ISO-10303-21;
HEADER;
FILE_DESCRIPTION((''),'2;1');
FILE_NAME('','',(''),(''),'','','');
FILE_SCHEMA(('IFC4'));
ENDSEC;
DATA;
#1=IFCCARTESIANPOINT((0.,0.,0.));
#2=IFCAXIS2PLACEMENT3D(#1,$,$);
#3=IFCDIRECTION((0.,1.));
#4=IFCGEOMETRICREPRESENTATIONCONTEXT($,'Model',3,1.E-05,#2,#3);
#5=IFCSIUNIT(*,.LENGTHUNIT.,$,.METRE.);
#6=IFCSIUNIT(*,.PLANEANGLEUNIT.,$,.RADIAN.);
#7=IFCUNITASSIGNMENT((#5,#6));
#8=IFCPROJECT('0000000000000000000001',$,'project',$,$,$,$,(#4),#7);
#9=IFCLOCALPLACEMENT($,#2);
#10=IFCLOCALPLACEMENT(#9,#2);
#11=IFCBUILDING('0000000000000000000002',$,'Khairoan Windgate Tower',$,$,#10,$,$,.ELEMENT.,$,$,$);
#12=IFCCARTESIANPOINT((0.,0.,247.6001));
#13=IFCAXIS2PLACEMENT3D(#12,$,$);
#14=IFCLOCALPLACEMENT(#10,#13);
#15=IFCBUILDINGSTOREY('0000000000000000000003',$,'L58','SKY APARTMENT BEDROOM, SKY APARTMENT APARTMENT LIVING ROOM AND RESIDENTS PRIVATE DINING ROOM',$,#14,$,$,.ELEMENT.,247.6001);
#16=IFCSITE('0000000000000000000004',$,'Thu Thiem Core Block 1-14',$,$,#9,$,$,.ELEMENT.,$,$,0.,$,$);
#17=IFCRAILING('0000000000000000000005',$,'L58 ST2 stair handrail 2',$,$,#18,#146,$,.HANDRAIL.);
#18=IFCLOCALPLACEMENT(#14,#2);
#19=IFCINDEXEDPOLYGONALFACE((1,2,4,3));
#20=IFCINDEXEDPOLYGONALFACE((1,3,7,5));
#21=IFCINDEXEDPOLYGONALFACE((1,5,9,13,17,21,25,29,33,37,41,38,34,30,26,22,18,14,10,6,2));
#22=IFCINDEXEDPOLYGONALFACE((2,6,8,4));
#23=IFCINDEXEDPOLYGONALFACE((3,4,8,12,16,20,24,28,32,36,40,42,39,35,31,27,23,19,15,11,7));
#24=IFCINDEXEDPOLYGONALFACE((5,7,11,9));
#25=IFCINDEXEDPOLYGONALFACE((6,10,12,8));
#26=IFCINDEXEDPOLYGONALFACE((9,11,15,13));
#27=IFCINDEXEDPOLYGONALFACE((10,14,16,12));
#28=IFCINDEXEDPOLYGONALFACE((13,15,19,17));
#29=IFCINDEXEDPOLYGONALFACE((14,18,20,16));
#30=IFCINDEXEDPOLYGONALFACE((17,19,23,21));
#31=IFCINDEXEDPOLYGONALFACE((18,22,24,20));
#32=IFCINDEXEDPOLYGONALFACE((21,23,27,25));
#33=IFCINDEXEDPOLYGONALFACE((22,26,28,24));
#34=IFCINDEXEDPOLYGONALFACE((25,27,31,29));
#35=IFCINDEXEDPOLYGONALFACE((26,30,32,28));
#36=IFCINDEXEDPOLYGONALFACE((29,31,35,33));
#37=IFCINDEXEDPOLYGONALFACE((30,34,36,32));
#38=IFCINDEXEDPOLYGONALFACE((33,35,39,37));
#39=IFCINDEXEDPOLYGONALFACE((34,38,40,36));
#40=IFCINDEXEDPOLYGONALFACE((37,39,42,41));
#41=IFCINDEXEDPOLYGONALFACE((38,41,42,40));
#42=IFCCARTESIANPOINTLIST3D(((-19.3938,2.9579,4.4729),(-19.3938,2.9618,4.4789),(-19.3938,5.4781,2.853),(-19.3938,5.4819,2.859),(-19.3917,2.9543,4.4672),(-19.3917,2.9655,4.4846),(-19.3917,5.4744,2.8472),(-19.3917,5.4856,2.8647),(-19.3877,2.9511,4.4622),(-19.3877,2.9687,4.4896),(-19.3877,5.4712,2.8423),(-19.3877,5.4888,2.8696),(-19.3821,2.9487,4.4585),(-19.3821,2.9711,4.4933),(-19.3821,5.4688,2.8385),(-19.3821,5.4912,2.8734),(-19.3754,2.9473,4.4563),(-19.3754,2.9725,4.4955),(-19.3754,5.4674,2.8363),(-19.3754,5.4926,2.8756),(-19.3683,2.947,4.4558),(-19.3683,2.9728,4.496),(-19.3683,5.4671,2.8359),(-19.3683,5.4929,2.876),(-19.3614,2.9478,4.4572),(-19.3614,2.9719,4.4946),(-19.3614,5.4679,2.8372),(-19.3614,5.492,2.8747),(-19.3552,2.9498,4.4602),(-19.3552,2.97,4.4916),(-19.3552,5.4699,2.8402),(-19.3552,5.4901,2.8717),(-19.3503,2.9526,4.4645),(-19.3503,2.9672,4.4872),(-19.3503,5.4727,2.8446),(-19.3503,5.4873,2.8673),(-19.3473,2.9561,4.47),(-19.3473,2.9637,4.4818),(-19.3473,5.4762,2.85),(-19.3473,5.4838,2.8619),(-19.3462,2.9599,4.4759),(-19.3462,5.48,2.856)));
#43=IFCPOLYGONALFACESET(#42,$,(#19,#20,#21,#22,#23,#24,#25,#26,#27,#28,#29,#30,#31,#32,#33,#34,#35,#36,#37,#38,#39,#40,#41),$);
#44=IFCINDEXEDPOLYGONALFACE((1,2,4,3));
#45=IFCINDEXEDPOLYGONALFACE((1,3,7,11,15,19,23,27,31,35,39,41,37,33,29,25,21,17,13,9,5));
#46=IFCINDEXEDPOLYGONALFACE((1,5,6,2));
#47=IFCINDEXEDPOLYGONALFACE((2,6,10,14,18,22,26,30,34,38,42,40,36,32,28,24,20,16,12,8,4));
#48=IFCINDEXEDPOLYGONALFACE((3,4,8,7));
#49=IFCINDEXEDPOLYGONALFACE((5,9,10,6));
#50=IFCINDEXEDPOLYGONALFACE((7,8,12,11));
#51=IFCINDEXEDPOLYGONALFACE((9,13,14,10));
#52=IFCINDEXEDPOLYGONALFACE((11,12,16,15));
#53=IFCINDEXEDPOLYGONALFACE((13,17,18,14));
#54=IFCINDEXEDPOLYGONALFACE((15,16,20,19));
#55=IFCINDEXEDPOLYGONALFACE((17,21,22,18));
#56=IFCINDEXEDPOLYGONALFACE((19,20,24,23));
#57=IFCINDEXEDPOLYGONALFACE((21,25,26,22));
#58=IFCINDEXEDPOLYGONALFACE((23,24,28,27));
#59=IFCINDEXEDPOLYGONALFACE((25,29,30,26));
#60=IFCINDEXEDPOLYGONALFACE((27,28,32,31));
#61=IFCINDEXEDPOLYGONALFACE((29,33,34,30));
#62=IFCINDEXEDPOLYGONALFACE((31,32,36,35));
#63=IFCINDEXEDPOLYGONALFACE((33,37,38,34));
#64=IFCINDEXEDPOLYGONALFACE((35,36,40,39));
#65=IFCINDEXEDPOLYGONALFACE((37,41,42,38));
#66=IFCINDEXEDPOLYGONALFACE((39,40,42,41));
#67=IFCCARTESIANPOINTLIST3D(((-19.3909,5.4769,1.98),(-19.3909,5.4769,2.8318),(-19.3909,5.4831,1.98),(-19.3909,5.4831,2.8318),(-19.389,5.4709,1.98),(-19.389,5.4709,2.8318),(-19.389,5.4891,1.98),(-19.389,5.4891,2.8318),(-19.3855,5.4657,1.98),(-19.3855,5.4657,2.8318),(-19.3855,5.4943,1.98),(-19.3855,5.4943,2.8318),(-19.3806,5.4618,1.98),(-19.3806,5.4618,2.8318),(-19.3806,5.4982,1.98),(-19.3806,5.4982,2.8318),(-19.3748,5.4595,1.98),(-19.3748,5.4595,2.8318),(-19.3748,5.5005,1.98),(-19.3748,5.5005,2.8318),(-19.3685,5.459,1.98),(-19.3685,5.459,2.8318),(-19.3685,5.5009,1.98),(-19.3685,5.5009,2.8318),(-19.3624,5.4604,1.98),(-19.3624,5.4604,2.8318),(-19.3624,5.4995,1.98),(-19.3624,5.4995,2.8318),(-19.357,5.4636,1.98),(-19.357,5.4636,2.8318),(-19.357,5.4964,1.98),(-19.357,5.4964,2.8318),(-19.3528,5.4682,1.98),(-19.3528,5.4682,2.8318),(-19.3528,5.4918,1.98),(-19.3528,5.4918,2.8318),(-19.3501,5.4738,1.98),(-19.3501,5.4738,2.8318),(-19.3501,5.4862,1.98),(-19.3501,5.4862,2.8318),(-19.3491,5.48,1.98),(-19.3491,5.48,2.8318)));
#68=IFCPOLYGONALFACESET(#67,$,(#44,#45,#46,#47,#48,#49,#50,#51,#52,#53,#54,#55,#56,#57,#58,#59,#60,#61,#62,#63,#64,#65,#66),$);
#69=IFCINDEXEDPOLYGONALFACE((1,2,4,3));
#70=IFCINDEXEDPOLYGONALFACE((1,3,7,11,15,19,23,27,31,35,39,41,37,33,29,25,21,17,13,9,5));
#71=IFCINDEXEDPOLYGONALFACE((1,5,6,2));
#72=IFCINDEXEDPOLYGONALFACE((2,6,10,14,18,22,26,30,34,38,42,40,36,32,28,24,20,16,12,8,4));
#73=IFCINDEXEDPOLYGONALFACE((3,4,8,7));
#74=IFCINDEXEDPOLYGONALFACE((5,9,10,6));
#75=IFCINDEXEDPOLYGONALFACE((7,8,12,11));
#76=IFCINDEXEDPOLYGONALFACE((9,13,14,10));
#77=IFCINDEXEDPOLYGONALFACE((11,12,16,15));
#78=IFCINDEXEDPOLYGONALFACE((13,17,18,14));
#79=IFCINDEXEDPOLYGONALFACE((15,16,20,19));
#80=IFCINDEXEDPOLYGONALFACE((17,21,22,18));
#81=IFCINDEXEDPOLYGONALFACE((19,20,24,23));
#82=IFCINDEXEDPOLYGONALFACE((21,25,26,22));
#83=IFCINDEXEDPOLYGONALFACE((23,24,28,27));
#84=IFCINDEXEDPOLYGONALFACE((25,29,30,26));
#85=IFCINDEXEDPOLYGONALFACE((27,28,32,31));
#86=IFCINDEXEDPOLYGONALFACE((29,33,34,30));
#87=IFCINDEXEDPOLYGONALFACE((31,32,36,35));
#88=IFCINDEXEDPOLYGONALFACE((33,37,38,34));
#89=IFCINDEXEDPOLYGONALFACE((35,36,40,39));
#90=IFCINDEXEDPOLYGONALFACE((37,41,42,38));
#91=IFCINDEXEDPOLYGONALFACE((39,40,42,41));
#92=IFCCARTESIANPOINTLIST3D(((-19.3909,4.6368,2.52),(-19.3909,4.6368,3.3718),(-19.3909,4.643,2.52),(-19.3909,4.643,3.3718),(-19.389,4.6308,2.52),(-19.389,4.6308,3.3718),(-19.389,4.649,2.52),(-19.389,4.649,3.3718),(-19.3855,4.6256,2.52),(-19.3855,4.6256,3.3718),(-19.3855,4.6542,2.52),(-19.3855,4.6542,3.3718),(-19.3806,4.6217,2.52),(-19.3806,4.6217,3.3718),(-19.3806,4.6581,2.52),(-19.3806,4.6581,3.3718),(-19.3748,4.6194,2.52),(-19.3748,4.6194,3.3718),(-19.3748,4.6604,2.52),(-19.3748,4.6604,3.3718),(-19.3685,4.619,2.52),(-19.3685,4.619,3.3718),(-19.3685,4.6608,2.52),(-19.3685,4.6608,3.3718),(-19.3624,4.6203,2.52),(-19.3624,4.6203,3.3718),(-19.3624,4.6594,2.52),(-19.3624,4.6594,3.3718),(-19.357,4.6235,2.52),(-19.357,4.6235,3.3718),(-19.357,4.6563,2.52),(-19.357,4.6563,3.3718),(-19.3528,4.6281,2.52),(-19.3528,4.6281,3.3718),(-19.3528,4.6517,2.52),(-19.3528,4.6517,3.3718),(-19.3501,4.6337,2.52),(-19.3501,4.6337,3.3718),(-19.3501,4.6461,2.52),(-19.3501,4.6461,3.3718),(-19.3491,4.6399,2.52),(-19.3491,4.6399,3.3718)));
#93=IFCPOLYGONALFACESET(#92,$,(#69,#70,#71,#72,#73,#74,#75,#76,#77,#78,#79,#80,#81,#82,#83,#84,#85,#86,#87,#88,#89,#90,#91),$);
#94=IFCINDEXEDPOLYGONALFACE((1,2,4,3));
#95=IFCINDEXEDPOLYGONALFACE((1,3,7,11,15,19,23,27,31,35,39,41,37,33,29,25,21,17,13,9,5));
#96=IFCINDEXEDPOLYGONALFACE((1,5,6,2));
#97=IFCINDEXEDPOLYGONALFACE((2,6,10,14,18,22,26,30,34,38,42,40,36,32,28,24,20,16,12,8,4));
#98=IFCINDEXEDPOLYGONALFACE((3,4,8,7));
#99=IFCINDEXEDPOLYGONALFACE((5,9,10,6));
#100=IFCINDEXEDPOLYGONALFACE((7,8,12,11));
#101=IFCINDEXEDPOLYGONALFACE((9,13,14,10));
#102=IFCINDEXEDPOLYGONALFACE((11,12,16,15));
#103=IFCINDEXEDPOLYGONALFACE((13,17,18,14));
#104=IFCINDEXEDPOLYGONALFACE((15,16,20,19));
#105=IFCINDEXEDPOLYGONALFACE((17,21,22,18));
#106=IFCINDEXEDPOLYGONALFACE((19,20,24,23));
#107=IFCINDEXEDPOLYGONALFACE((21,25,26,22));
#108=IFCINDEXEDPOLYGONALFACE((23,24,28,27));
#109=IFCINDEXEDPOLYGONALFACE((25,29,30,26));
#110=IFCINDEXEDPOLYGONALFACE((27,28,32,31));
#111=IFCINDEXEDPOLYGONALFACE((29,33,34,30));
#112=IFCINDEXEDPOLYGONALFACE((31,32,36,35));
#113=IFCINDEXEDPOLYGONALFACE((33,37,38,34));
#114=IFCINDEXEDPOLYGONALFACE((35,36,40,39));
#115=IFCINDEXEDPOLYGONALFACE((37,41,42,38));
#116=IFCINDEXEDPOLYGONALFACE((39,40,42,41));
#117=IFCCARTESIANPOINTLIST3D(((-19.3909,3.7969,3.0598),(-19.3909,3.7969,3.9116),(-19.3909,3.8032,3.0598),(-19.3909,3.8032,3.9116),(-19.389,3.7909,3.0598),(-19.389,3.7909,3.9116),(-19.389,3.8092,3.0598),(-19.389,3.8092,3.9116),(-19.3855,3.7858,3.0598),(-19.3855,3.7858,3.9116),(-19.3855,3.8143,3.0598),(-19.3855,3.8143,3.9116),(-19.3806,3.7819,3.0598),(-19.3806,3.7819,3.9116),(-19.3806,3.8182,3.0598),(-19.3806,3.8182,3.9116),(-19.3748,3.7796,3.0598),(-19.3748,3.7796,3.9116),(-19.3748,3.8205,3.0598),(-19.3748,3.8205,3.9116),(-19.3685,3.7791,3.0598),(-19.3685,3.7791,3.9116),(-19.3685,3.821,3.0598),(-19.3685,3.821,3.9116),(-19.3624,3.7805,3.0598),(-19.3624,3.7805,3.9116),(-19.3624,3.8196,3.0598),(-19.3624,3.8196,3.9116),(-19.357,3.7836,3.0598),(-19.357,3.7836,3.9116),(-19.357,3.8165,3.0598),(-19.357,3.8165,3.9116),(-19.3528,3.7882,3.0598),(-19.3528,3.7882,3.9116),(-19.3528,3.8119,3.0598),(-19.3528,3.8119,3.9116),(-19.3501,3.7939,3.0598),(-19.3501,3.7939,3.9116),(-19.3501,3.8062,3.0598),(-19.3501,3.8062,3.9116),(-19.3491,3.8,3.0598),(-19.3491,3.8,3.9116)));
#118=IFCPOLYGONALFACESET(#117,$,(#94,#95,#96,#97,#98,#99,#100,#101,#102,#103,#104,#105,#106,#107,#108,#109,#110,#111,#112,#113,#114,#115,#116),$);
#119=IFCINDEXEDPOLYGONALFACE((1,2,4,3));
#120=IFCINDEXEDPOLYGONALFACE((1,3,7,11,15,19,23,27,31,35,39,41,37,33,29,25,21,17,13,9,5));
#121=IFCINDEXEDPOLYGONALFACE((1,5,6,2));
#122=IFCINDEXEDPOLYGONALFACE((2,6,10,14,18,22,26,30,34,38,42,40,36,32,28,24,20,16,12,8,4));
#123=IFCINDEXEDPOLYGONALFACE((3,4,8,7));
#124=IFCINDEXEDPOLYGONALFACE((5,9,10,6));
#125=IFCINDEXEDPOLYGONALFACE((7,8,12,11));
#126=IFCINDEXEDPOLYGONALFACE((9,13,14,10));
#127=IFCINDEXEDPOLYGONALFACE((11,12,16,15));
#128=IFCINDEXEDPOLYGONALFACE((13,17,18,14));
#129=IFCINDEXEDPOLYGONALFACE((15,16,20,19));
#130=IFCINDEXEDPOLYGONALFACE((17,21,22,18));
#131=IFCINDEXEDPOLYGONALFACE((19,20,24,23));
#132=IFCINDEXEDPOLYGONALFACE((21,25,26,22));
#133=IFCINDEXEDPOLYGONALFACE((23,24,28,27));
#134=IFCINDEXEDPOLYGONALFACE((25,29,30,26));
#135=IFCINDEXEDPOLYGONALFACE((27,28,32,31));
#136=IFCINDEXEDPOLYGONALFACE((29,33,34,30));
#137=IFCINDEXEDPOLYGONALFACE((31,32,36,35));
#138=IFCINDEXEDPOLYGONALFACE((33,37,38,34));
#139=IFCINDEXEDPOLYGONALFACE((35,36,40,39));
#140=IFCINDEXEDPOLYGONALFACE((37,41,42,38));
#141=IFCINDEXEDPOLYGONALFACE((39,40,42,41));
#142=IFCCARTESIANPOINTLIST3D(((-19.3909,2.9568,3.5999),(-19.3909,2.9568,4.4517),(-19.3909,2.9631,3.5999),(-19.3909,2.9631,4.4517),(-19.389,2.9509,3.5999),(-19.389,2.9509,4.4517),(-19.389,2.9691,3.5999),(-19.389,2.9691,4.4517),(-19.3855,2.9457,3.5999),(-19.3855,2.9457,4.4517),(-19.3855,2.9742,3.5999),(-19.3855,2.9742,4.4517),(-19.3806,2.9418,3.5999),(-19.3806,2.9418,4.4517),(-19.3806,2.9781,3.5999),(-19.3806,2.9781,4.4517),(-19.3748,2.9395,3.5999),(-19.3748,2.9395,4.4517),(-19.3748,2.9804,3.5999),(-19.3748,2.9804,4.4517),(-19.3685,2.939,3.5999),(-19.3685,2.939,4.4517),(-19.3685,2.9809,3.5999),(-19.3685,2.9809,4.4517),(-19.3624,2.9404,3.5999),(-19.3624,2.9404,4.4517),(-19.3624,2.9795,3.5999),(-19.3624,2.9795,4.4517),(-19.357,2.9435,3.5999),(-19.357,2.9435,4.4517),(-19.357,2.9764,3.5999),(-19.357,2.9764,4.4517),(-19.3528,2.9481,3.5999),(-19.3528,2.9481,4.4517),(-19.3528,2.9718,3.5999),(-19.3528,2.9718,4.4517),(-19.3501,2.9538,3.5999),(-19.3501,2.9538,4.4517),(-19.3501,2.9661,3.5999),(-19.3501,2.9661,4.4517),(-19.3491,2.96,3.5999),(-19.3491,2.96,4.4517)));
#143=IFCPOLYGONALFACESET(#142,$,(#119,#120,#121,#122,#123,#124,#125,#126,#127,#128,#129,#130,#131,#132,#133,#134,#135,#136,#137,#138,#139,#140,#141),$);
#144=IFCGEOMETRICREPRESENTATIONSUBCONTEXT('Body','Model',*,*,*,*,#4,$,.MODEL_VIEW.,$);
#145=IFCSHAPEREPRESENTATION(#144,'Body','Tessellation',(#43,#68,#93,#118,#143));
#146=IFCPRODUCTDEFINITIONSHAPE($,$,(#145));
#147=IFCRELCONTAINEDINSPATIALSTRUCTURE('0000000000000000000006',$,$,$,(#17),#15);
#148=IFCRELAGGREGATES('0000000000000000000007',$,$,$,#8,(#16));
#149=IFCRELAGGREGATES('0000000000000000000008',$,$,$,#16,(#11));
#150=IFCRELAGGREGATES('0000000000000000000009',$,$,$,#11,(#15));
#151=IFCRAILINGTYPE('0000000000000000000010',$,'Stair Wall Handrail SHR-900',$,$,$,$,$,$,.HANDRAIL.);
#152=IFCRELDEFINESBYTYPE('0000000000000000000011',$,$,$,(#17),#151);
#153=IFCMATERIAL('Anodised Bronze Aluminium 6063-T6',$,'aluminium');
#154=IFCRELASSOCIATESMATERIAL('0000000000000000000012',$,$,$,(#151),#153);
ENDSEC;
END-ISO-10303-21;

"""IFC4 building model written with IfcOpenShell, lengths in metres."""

from ifc_helpers import new_model, si_unit, direction, frame, origin, origin_2d, place, context, subcontext, project, spatial, circle, extrude, material, type_object, element, save


model = new_model("IFC4")

# Units and contexts
model_context = context("Model", 3, precision=1e-05, world=origin(), true_north=direction((0.0, 1.0)))
body_context = subcontext(model_context, "Body", "Model", "MODEL_VIEW")
ifc_project = project(units=[si_unit("LENGTHUNIT", "METRE"), si_unit("PLANEANGLEUNIT", "RADIAN")], contexts=[model_context])

# Site, building, storey
site_placement = place(None, origin())
site = spatial("IfcSite", under=ifc_project, at=site_placement, Name="Thu Thiem Core Block 1-14", CompositionType="ELEMENT", RefElevation=0.0)
building_placement = place(site_placement, origin())
building = spatial("IfcBuilding", under=site, at=building_placement, Name="Khairoan Windgate Tower", CompositionType="ELEMENT")
storey_placement = place(building_placement, frame((0.0, 0.0, 247.6001)))
storey = spatial("IfcBuildingStorey", under=building, at=storey_placement, Name="L58", Description="SKY APARTMENT BEDROOM, SKY APARTMENT APARTMENT LIVING ROOM AND RESIDENTS PRIVATE DINING ROOM", CompositionType="ELEMENT", Elevation=247.6001)

# Railing
ifc_material_1 = material(Name="Anodised Bronze Aluminium 6063-T6", Category="aluminium")
railing_type_1 = type_object("IfcRailingType", Name="Stair Wall Handrail SHR-900", PredefinedType="HANDRAIL", material=ifc_material_1)
railing_1_placement = place(storey_placement, frame((-19.3701, 5.48, 1.98)))
element("IfcRailing", 1, at=railing_1_placement, inside=storey, type_object=railing_type_1, Name="L58 ST2 stair handrail 2", PredefinedType="HANDRAIL", context=body_context, shape_type="SweptSolid", body=[
    extrude(circle(Radius=0.0239, at=origin_2d()), frame((0.0, 0.0, 0.876), z_axis=(0.0, -0.8412, 0.540725), x_axis=(1.0, 0.0, 0.0)), (0.0, 0.0, 1.0), 2.9958),
    extrude(circle(Radius=0.021, at=origin_2d()), origin(), (0.0, 0.0, 1.0), 0.8518),
    extrude(circle(Radius=0.021, at=origin_2d()), frame((0.0, -0.8401, 0.54)), (0.0, 0.0, 1.0), 0.8518),
    extrude(circle(Radius=0.021, at=origin_2d()), frame((0.0, -1.6799, 1.0798)), (0.0, 0.0, 1.0), 0.8518),
    extrude(circle(Radius=0.021, at=origin_2d()), frame((0.0, -2.52, 1.6199)), (0.0, 0.0, 1.0), 0.8518),
])

save(model, "model.ifc")
